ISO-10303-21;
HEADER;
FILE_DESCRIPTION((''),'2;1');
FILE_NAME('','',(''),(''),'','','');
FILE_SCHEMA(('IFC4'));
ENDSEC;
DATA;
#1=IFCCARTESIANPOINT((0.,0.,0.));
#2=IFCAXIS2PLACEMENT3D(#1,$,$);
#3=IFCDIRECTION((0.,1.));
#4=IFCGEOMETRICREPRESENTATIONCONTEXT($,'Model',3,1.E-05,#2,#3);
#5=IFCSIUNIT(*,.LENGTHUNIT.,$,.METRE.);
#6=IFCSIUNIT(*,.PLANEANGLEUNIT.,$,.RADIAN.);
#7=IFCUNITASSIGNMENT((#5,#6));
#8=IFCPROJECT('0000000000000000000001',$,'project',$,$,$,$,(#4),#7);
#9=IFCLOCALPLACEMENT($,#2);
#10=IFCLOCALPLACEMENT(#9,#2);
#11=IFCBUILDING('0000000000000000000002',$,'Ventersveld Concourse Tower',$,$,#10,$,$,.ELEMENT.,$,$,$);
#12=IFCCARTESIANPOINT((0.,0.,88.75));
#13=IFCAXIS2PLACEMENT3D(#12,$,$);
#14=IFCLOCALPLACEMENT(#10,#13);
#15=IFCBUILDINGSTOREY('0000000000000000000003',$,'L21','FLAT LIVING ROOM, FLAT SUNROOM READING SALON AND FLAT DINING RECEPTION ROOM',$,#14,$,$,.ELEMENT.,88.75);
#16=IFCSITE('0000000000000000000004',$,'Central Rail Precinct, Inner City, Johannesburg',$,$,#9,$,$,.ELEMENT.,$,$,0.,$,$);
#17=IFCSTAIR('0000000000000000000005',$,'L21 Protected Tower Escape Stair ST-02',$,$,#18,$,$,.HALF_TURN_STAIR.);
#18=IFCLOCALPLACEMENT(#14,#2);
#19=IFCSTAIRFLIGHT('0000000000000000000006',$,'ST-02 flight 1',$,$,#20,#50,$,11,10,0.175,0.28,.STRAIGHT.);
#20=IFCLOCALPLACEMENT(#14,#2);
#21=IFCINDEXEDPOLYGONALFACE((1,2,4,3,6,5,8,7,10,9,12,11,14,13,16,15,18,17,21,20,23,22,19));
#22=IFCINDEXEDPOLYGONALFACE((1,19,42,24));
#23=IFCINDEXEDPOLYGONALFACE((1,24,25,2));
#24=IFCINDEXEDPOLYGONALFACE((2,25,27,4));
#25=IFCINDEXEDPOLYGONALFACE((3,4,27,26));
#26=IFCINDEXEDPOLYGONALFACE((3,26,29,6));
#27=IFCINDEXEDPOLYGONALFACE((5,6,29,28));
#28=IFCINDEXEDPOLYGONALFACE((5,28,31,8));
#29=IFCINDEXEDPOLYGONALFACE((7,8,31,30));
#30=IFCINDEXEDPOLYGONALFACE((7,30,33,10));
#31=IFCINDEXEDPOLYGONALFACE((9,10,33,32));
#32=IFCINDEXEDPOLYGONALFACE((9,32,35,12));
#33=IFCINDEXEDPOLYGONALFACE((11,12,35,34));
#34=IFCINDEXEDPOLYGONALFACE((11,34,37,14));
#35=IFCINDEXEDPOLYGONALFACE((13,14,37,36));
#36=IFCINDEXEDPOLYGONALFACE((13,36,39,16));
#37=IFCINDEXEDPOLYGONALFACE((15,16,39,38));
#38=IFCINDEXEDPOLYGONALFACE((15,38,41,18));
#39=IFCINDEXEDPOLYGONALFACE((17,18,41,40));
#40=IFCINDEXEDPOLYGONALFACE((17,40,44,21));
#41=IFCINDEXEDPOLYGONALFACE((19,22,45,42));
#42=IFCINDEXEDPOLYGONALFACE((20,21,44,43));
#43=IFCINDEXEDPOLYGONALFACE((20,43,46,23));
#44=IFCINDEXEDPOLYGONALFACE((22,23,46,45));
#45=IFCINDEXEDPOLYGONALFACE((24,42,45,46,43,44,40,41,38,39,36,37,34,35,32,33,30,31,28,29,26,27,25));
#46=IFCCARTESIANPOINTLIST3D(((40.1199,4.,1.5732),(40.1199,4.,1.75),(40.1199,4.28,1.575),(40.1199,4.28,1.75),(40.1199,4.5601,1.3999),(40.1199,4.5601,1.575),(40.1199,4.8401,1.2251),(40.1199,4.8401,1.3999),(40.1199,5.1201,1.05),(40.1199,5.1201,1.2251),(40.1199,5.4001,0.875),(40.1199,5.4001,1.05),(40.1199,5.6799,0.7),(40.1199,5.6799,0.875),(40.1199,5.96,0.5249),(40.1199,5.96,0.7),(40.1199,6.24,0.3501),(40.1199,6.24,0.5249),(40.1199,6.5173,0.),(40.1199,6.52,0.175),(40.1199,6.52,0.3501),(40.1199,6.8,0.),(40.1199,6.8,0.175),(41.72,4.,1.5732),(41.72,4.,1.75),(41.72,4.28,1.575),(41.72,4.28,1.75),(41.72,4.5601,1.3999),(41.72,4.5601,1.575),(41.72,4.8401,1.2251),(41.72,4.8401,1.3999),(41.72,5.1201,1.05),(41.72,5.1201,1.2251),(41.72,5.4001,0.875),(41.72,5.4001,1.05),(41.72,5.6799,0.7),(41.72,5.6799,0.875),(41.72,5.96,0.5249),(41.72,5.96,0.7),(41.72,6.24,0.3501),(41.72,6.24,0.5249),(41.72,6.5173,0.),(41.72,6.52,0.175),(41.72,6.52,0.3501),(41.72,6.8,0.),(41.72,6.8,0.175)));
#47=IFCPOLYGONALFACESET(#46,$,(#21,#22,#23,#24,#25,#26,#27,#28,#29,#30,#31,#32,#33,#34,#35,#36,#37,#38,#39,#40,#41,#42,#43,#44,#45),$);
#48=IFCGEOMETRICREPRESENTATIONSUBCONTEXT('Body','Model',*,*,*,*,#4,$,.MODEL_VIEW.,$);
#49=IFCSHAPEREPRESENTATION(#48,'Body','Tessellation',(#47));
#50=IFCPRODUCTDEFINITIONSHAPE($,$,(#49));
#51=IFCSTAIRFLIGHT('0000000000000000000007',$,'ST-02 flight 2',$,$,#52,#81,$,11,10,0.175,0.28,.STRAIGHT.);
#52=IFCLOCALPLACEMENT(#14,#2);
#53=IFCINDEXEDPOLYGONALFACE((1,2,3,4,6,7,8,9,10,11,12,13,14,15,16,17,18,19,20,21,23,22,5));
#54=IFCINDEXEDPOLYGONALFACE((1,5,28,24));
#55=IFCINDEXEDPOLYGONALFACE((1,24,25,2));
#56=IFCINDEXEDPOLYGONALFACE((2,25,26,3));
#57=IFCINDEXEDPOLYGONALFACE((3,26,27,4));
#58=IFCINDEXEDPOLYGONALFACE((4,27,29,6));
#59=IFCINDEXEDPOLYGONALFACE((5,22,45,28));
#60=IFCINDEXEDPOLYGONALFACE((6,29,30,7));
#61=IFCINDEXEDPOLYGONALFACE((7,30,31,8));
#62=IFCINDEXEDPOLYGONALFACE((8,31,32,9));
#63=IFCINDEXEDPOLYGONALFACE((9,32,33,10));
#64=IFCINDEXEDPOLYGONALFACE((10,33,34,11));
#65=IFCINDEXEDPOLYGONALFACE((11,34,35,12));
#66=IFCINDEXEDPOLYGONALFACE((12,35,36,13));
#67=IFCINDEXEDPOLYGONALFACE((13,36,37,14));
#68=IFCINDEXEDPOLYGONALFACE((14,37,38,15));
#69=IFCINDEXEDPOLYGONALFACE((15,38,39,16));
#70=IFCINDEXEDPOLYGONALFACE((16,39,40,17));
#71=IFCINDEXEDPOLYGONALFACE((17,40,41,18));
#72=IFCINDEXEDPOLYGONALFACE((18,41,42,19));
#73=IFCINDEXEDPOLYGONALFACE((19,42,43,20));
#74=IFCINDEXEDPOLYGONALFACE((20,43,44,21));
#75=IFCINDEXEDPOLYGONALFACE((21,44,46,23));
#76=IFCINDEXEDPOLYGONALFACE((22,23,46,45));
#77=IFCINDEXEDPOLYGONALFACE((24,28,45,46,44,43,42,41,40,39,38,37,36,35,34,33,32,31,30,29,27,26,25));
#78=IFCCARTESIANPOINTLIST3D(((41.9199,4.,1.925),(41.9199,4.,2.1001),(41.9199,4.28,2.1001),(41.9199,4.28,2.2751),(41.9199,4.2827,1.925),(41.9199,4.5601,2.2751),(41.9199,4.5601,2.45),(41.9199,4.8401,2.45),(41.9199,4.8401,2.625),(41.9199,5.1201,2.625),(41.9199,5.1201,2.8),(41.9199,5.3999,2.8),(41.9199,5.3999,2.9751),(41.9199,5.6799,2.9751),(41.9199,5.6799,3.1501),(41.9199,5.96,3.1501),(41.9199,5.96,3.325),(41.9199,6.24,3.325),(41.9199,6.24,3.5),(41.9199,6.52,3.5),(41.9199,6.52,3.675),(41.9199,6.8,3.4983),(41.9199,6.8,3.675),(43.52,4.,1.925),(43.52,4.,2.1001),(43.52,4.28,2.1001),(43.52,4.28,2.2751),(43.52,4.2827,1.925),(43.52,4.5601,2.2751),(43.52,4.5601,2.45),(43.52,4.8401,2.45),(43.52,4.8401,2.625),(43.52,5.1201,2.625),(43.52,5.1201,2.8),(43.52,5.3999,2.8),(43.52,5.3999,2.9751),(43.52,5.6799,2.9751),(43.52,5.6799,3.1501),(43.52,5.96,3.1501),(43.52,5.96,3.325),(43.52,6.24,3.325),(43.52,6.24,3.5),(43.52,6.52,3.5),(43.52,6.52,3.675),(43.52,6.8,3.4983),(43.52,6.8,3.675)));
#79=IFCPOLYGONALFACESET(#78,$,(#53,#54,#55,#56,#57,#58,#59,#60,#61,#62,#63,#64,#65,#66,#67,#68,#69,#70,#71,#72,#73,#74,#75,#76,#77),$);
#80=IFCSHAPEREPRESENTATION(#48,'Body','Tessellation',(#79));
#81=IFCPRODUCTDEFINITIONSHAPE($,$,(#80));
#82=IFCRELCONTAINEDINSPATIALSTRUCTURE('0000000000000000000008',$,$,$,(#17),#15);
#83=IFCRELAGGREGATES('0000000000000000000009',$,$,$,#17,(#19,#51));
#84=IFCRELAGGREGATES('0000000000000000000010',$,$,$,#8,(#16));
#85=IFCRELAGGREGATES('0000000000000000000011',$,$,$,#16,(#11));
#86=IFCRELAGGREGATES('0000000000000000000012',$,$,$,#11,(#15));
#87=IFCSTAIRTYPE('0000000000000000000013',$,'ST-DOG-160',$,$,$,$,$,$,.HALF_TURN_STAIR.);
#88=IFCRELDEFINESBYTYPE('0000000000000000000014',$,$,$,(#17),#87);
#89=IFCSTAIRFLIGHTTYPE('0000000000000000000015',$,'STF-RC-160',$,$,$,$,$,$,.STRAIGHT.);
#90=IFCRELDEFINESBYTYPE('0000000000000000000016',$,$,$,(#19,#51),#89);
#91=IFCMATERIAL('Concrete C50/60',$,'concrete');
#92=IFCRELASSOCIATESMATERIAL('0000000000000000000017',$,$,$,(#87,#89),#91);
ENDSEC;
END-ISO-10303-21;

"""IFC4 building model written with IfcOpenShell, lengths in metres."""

from ifc_helpers import new_model, si_unit, direction, frame, origin, place, context, subcontext, project, spatial, polyline, outline, extrude, material, type_object, element, aggregate, save


model = new_model("IFC4")

# Units and contexts
model_context = context("Model", 3, precision=1e-05, world=origin(), true_north=direction((0.0, 1.0)))
body_context = subcontext(model_context, "Body", "Model", "MODEL_VIEW")
ifc_project = project(units=[si_unit("LENGTHUNIT", "METRE"), si_unit("PLANEANGLEUNIT", "RADIAN")], contexts=[model_context])

# Site, building, storey
site_placement = place(None, origin())
site = spatial("IfcSite", under=ifc_project, at=site_placement, Name="Central Rail Precinct, Inner City, Johannesburg", CompositionType="ELEMENT", RefElevation=0.0)
building_placement = place(site_placement, origin())
building = spatial("IfcBuilding", under=site, at=building_placement, Name="Ventersveld Concourse Tower", CompositionType="ELEMENT")
storey_placement = place(building_placement, frame((0.0, 0.0, 88.75)))
storey = spatial("IfcBuildingStorey", under=building, at=storey_placement, Name="L21", Description="FLAT LIVING ROOM, FLAT SUNROOM READING SALON AND FLAT DINING RECEPTION ROOM", CompositionType="ELEMENT", Elevation=88.75)

# Shared definitions
ifc_material_1 = material(Name="Concrete C50/60", Category="concrete")

# Stair, stair flights
stair_type = type_object("IfcStairType", Name="ST-DOG-160", PredefinedType="HALF_TURN_STAIR", material=ifc_material_1)
stair_placement = place(storey_placement, origin())
stair = element("IfcStair", 1, at=stair_placement, inside=storey, type_object=stair_type, Name="L21 Protected Tower Escape Stair ST-02", PredefinedType="HALF_TURN_STAIR")
stair_flight_type = type_object("IfcStairFlightType", Name="STF-RC-160", PredefinedType="STRAIGHT", material=ifc_material_1)
stair_flight_1_placement = place(storey_placement, frame((40.9199, 6.8, 0.0), z_axis=(0.0, 0.0, 1.0), x_axis=(0.0, -1.0, 0.0)))
stair_flight_1 = element("IfcStairFlight", 2, at=stair_flight_1_placement, type_object=stair_flight_type, Name="ST-02 flight 1", NumberOfRisers=11, NumberOfTreads=10, PredefinedType="STRAIGHT", RiserHeight=0.175, TreadLength=0.28, context=body_context, shape_type="SweptSolid", body=[
    extrude(outline(polyline([(0.0, 0.0), (0.0, 0.175), (0.28, 0.175), (0.28, 0.3501), (0.5601, 0.3501), (0.5601, 0.5249), (0.8401, 0.5249), (0.8401, 0.7), (1.1201, 0.7), (1.1201, 0.875), (1.3999, 0.875), (1.3999, 1.05), (1.6799, 1.05), (1.6799, 1.2251), (1.96, 1.2251), (1.96, 1.3999), (2.24, 1.3999), (2.24, 1.575), (2.52, 1.575), (2.52, 1.75), (2.8, 1.75), (2.8, 1.925), (2.8, 1.5732), (0.2827, 0.0), (0.0, 0.0)])), frame((0.0, 0.8, 0.0), z_axis=(0.0, -1.0, 0.0), x_axis=(1.0, 0.0, 0.0)), (0.0, 0.0, 1.0), 1.6001),
])
stair_flight_2_placement = place(storey_placement, frame((42.72, 4.0, 1.925), z_axis=(0.0, 0.0, 1.0), x_axis=(0.0, 1.0, 0.0)))
stair_flight_2 = element("IfcStairFlight", 3, at=stair_flight_2_placement, type_object=stair_flight_type, Name="ST-02 flight 2", NumberOfRisers=11, NumberOfTreads=10, PredefinedType="STRAIGHT", RiserHeight=0.175, TreadLength=0.28, context=body_context, shape_type="SweptSolid", body=[
    extrude(outline(polyline([(0.0, 0.0), (0.0, 0.175), (0.28, 0.175), (0.28, 0.3501), (0.5601, 0.3501), (0.5601, 0.5249), (0.8401, 0.5249), (0.8401, 0.7), (1.1201, 0.7), (1.1201, 0.875), (1.3999, 0.875), (1.3999, 1.05), (1.6799, 1.05), (1.6799, 1.2251), (1.96, 1.2251), (1.96, 1.3999), (2.24, 1.3999), (2.24, 1.575), (2.52, 1.575), (2.52, 1.75), (2.8, 1.75), (2.8, 1.925), (2.8, 1.5732), (0.2827, 0.0), (0.0, 0.0)])), frame((0.0, 0.8, 0.0), z_axis=(0.0, -1.0, 0.0), x_axis=(1.0, 0.0, 0.0)), (0.0, 0.0, 1.0), 1.6001),
])
aggregate(stair, [stair_flight_1, stair_flight_2])

save(model, "model.ifc")
